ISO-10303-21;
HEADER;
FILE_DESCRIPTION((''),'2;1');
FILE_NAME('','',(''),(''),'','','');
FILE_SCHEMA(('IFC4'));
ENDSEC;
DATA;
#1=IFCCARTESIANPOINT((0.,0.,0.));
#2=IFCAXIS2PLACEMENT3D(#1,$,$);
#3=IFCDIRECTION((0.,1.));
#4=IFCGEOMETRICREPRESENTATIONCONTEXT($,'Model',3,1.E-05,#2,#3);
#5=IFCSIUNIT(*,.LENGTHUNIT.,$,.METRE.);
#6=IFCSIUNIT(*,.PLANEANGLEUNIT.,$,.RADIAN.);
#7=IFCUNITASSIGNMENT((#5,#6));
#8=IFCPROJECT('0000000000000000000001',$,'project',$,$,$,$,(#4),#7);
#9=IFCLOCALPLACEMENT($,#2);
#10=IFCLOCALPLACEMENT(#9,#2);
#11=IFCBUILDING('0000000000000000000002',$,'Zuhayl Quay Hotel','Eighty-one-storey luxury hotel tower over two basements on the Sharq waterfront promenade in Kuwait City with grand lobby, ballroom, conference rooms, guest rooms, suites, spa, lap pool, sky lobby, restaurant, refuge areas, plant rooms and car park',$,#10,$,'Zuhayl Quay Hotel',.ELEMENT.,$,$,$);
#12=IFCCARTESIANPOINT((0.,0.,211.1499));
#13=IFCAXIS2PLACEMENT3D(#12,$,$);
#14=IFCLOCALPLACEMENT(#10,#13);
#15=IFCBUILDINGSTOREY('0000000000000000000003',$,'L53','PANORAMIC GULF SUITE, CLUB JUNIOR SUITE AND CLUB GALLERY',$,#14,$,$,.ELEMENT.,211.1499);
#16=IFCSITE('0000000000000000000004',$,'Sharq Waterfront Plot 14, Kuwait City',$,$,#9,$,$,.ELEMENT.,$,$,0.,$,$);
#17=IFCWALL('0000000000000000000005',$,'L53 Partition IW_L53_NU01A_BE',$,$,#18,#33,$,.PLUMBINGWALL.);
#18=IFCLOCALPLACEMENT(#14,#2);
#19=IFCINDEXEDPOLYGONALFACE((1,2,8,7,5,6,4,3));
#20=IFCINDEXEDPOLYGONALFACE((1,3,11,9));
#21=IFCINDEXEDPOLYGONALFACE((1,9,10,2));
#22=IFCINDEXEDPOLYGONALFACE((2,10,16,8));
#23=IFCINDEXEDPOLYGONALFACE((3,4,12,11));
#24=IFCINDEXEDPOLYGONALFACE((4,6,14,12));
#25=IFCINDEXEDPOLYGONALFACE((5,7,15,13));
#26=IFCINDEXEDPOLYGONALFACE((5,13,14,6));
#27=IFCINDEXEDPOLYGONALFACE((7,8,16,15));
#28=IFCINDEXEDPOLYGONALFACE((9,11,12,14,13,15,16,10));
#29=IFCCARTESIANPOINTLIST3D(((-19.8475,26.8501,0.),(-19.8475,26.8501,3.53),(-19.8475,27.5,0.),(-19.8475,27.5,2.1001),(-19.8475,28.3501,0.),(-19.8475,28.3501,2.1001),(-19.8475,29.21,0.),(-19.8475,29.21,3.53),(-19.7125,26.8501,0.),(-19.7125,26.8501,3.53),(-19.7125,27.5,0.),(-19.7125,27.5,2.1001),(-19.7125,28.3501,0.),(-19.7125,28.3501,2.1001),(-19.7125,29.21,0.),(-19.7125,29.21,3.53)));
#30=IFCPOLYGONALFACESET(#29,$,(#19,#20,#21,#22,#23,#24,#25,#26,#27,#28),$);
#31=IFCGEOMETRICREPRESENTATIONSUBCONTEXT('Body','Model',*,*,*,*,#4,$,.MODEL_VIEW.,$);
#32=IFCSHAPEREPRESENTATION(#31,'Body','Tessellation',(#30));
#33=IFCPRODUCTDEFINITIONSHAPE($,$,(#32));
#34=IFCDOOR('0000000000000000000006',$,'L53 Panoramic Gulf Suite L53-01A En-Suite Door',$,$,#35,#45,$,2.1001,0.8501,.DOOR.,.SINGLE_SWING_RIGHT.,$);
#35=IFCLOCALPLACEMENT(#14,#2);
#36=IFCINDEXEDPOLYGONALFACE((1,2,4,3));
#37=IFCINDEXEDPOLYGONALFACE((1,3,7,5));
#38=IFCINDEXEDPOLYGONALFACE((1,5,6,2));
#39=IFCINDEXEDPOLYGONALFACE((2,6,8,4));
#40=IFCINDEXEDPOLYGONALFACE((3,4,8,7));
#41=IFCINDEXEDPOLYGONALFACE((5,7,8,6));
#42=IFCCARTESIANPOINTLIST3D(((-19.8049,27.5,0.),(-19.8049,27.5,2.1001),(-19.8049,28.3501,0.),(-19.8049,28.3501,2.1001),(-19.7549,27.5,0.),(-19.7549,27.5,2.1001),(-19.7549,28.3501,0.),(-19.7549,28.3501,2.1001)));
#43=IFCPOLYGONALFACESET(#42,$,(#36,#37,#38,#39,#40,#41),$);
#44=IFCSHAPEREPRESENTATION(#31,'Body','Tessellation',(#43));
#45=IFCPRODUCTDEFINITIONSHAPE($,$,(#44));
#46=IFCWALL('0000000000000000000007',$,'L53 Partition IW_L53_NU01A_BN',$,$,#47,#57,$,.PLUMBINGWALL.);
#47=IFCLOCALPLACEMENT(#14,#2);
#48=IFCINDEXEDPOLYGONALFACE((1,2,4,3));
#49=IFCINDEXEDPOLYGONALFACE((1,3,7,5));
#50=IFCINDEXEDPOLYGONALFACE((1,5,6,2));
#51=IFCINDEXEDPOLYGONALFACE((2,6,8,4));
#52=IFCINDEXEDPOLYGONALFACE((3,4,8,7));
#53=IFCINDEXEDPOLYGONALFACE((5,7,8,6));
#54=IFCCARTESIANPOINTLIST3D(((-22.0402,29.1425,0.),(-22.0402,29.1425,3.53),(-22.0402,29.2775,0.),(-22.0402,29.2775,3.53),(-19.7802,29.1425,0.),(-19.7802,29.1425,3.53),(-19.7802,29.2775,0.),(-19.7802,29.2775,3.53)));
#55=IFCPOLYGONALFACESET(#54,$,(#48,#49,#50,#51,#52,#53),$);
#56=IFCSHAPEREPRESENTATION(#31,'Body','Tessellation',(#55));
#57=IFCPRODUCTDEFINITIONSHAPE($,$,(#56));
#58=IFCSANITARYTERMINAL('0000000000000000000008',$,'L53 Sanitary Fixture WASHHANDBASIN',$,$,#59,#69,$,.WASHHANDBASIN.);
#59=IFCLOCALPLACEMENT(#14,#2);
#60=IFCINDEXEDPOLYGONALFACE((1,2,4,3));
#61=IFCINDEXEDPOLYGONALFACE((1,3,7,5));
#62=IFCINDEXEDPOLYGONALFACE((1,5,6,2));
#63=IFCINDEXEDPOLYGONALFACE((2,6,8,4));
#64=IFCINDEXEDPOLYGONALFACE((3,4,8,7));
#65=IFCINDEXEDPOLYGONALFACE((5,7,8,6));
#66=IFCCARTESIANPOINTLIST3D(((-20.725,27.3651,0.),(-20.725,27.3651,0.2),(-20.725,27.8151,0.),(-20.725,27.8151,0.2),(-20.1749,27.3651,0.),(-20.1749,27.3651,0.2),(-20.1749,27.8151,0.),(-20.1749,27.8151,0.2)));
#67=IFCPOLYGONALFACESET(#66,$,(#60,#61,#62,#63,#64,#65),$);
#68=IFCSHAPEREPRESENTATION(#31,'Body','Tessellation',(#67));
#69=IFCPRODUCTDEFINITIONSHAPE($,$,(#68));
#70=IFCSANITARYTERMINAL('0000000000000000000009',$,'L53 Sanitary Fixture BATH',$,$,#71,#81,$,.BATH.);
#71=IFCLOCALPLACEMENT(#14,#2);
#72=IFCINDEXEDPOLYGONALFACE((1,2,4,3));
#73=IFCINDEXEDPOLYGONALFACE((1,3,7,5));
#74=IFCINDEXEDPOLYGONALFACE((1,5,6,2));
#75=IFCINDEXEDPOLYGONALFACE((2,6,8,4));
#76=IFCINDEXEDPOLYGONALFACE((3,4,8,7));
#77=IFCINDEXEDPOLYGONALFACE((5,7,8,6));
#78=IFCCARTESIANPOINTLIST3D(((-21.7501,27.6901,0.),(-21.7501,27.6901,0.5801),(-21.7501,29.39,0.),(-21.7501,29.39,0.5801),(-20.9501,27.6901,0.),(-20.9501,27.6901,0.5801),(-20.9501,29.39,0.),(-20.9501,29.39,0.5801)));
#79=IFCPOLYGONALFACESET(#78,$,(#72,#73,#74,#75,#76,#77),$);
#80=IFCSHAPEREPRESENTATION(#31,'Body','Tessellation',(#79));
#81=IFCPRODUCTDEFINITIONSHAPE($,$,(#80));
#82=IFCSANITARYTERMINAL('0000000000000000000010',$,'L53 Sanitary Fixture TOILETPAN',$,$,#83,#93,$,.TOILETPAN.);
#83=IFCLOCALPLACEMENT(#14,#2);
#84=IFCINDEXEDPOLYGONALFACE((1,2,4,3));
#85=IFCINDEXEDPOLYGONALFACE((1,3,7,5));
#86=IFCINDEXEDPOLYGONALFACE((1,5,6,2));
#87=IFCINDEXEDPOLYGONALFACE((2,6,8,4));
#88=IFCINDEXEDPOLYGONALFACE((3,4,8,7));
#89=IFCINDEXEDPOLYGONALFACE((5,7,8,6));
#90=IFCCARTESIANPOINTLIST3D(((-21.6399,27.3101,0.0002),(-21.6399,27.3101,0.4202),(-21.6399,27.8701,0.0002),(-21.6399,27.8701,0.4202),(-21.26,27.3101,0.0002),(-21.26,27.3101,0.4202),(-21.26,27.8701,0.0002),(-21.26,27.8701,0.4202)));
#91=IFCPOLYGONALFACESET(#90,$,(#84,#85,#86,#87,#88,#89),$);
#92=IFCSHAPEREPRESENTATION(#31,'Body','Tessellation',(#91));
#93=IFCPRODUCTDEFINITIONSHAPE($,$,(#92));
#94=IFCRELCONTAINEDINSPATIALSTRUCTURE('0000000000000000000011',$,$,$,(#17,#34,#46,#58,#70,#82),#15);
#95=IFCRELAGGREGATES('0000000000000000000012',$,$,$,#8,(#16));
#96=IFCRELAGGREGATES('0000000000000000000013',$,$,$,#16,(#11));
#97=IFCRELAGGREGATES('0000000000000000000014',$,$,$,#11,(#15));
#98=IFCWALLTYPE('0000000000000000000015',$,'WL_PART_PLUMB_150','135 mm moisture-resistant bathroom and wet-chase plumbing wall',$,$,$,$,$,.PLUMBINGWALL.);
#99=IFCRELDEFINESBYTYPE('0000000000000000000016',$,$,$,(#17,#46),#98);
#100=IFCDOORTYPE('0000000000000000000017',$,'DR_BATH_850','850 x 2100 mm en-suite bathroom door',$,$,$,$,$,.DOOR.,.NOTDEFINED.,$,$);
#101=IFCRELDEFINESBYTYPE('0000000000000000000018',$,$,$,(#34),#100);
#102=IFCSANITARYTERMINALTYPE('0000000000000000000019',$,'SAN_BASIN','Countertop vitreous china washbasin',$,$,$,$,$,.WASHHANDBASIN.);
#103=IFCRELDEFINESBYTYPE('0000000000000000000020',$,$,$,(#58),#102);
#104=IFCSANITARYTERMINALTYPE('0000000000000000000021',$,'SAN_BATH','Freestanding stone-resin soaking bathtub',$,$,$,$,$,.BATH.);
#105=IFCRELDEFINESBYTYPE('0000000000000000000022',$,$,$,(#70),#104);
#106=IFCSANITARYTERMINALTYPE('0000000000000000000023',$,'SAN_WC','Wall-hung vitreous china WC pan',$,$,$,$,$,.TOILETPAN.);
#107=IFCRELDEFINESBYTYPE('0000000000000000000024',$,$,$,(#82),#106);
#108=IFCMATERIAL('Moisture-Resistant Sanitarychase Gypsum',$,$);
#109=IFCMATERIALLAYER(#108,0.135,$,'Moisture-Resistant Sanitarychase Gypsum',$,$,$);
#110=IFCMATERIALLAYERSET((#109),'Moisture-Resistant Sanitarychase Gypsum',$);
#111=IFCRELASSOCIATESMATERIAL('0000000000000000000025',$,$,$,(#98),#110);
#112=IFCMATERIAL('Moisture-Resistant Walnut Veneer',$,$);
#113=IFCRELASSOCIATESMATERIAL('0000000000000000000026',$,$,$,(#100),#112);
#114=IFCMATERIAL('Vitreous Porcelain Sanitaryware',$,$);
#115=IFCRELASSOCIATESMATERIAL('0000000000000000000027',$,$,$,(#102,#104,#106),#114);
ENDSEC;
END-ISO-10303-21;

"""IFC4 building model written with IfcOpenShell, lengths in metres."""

from ifc_helpers import new_model, si_unit, direction, frame, frame_2d, origin, origin_2d, place, context, subcontext, project, spatial, rectangle, extrude, material, layer, layer_set, type_object, element, fill, save


model = new_model("IFC4")

# Units and contexts
model_context = context("Model", 3, precision=1e-05, world=origin(), true_north=direction((0.0, 1.0)))
body_context = subcontext(model_context, "Body", "Model", "MODEL_VIEW")
ifc_project = project(units=[si_unit("LENGTHUNIT", "METRE"), si_unit("PLANEANGLEUNIT", "RADIAN")], contexts=[model_context])

# Site, building, storey
site_placement = place(None, origin())
site = spatial("IfcSite", under=ifc_project, at=site_placement, Name="Sharq Waterfront Plot 14, Kuwait City", CompositionType="ELEMENT", RefElevation=0.0)
building_placement = place(site_placement, origin())
building = spatial("IfcBuilding", under=site, at=building_placement, Name="Zuhayl Quay Hotel", Description="Eighty-one-storey luxury hotel tower over two basements on the Sharq waterfront promenade in Kuwait City with grand lobby, ballroom, conference rooms, guest rooms, suites, spa, lap pool, sky lobby, restaurant, refuge areas, plant rooms and car park", LongName="Zuhayl Quay Hotel", CompositionType="ELEMENT")
storey_placement = place(building_placement, frame((0.0, 0.0, 211.1499)))
storey = spatial("IfcBuildingStorey", under=building, at=storey_placement, Name="L53", Description="PANORAMIC GULF SUITE, CLUB JUNIOR SUITE AND CLUB GALLERY", CompositionType="ELEMENT", Elevation=211.1499)

# Wall, opening, door
ifc_material_1 = material(Name="Moisture-Resistant Sanitarychase Gypsum")
ifc_layer_1 = layer(ifc_material_1, 0.135, Name="Moisture-Resistant Sanitarychase Gypsum")
ifc_layer_set_1 = layer_set([ifc_layer_1], Name="Moisture-Resistant Sanitarychase Gypsum")
wall_type_1 = type_object("IfcWallType", Name="WL_PART_PLUMB_150", Description="135 mm moisture-resistant bathroom and wet-chase plumbing wall", PredefinedType="PLUMBINGWALL", material=ifc_layer_set_1)
wall_1_placement = place(storey_placement, frame((-19.78, 26.8501, 0.0), z_axis=(0.0, 0.0, 1.0), x_axis=(0.0, 1.0, 0.0)))
wall_1 = element("IfcWall", 1, at=wall_1_placement, inside=storey, type_object=wall_type_1, Name="L53 Partition IW_L53_NU01A_BE", PredefinedType="PLUMBINGWALL", context=body_context, shape_type="SweptSolid", body=[
    extrude(rectangle(XDim=2.3599, YDim=0.135, at=frame_2d((1.1799, 0.0))), origin(), (0.0, 0.0, 1.0), 3.53),
])
opening_1_placement = place(wall_1_placement, frame((0.6499, 0.0, 0.0)))
opening_1 = element("IfcOpeningElement", 2, at=opening_1_placement, cuts=wall_1, PredefinedType="OPENING", context=body_context, shape_type="SweptSolid", body=[
    extrude(rectangle(XDim=0.8501, YDim=2.1001, at=frame_2d((0.425, 1.05))), frame((0.0, 0.0774, 0.0), z_axis=(0.0, -1.0, 0.0), x_axis=(1.0, 0.0, 0.0)), (0.0, 0.0, 1.0), 0.155),
])
ifc_material_2 = material(Name="Moisture-Resistant Walnut Veneer")
door_type_1 = type_object("IfcDoorType", Name="DR_BATH_850", Description="850 x 2100 mm en-suite bathroom door", OperationType="NOTDEFINED", PredefinedType="DOOR", material=ifc_material_2)
door_1_placement = place(opening_1_placement, origin())
door_1 = element("IfcDoor", 3, at=door_1_placement, inside=storey, type_object=door_type_1, Name="L53 Panoramic Gulf Suite L53-01A En-Suite Door", OperationType="SINGLE_SWING_RIGHT", OverallHeight=2.1001, OverallWidth=0.8501, PredefinedType="DOOR", context=body_context, shape_type="SweptSolid", body=[
    extrude(rectangle(XDim=0.8501, YDim=2.1001, at=frame_2d((0.425, 1.05))), frame((0.0, 0.0249, 0.0), z_axis=(0.0, -1.0, 0.0), x_axis=(1.0, 0.0, 0.0)), (0.0, 0.0, 1.0), 0.05),
])
fill(opening_1, door_1)

# Wall
wall_2_placement = place(storey_placement, frame((-22.04, 29.21, 0.0), z_axis=(0.0, 0.0, 1.0), x_axis=(1.0, 0.0, 0.0)))
element("IfcWall", 4, at=wall_2_placement, inside=storey, type_object=wall_type_1, Name="L53 Partition IW_L53_NU01A_BN", PredefinedType="PLUMBINGWALL", context=body_context, shape_type="SweptSolid", body=[
    extrude(rectangle(XDim=2.26, YDim=0.135, at=frame_2d((1.1299, 0.0))), origin(), (0.0, 0.0, 1.0), 3.53),
])

# Sanitary terminals
ifc_material_3 = material(Name="Vitreous Porcelain Sanitaryware")
sanitary_terminal_type_1 = type_object("IfcSanitaryTerminalType", Name="SAN_BASIN", Description="Countertop vitreous china washbasin", PredefinedType="WASHHANDBASIN", material=ifc_material_3)
sanitary_terminal_1_placement = place(storey_placement, frame((-20.45, 27.5901, 0.0), z_axis=(0.0, 0.0, 1.0), x_axis=(1.0, 0.0, 0.0)))
element("IfcSanitaryTerminal", 5, at=sanitary_terminal_1_placement, inside=storey, type_object=sanitary_terminal_type_1, Name="L53 Sanitary Fixture WASHHANDBASIN", PredefinedType="WASHHANDBASIN", context=body_context, shape_type="SweptSolid", body=[
    extrude(rectangle(XDim=0.55, YDim=0.45, at=origin_2d()), origin(), (0.0, 0.0, 1.0), 0.2),
])
sanitary_terminal_type_2 = type_object("IfcSanitaryTerminalType", Name="SAN_BATH", Description="Freestanding stone-resin soaking bathtub", PredefinedType="BATH", material=ifc_material_3)
sanitary_terminal_2_placement = place(storey_placement, frame((-21.3501, 28.54, 0.0), z_axis=(0.0, 0.0, 1.0), x_axis=(1.0, 0.0, 0.0)))
element("IfcSanitaryTerminal", 6, at=sanitary_terminal_2_placement, inside=storey, type_object=sanitary_terminal_type_2, Name="L53 Sanitary Fixture BATH", PredefinedType="BATH", context=body_context, shape_type="SweptSolid", body=[
    extrude(rectangle(XDim=0.8, YDim=1.7, at=origin_2d()), origin(), (0.0, 0.0, 1.0), 0.5801),
])
sanitary_terminal_type_3 = type_object("IfcSanitaryTerminalType", Name="SAN_WC", Description="Wall-hung vitreous china WC pan", PredefinedType="TOILETPAN", material=ifc_material_3)
sanitary_terminal_3_placement = place(storey_placement, frame((-21.45, 27.5901, 0.0002), z_axis=(0.0, 0.0, 1.0), x_axis=(1.0, 0.0, 0.0)))
element("IfcSanitaryTerminal", 7, at=sanitary_terminal_3_placement, inside=storey, type_object=sanitary_terminal_type_3, Name="L53 Sanitary Fixture TOILETPAN", PredefinedType="TOILETPAN", context=body_context, shape_type="SweptSolid", body=[
    extrude(rectangle(XDim=0.3799, YDim=0.5601, at=origin_2d()), origin(), (0.0, 0.0, 1.0), 0.4199),
])

save(model, "model.ifc")
